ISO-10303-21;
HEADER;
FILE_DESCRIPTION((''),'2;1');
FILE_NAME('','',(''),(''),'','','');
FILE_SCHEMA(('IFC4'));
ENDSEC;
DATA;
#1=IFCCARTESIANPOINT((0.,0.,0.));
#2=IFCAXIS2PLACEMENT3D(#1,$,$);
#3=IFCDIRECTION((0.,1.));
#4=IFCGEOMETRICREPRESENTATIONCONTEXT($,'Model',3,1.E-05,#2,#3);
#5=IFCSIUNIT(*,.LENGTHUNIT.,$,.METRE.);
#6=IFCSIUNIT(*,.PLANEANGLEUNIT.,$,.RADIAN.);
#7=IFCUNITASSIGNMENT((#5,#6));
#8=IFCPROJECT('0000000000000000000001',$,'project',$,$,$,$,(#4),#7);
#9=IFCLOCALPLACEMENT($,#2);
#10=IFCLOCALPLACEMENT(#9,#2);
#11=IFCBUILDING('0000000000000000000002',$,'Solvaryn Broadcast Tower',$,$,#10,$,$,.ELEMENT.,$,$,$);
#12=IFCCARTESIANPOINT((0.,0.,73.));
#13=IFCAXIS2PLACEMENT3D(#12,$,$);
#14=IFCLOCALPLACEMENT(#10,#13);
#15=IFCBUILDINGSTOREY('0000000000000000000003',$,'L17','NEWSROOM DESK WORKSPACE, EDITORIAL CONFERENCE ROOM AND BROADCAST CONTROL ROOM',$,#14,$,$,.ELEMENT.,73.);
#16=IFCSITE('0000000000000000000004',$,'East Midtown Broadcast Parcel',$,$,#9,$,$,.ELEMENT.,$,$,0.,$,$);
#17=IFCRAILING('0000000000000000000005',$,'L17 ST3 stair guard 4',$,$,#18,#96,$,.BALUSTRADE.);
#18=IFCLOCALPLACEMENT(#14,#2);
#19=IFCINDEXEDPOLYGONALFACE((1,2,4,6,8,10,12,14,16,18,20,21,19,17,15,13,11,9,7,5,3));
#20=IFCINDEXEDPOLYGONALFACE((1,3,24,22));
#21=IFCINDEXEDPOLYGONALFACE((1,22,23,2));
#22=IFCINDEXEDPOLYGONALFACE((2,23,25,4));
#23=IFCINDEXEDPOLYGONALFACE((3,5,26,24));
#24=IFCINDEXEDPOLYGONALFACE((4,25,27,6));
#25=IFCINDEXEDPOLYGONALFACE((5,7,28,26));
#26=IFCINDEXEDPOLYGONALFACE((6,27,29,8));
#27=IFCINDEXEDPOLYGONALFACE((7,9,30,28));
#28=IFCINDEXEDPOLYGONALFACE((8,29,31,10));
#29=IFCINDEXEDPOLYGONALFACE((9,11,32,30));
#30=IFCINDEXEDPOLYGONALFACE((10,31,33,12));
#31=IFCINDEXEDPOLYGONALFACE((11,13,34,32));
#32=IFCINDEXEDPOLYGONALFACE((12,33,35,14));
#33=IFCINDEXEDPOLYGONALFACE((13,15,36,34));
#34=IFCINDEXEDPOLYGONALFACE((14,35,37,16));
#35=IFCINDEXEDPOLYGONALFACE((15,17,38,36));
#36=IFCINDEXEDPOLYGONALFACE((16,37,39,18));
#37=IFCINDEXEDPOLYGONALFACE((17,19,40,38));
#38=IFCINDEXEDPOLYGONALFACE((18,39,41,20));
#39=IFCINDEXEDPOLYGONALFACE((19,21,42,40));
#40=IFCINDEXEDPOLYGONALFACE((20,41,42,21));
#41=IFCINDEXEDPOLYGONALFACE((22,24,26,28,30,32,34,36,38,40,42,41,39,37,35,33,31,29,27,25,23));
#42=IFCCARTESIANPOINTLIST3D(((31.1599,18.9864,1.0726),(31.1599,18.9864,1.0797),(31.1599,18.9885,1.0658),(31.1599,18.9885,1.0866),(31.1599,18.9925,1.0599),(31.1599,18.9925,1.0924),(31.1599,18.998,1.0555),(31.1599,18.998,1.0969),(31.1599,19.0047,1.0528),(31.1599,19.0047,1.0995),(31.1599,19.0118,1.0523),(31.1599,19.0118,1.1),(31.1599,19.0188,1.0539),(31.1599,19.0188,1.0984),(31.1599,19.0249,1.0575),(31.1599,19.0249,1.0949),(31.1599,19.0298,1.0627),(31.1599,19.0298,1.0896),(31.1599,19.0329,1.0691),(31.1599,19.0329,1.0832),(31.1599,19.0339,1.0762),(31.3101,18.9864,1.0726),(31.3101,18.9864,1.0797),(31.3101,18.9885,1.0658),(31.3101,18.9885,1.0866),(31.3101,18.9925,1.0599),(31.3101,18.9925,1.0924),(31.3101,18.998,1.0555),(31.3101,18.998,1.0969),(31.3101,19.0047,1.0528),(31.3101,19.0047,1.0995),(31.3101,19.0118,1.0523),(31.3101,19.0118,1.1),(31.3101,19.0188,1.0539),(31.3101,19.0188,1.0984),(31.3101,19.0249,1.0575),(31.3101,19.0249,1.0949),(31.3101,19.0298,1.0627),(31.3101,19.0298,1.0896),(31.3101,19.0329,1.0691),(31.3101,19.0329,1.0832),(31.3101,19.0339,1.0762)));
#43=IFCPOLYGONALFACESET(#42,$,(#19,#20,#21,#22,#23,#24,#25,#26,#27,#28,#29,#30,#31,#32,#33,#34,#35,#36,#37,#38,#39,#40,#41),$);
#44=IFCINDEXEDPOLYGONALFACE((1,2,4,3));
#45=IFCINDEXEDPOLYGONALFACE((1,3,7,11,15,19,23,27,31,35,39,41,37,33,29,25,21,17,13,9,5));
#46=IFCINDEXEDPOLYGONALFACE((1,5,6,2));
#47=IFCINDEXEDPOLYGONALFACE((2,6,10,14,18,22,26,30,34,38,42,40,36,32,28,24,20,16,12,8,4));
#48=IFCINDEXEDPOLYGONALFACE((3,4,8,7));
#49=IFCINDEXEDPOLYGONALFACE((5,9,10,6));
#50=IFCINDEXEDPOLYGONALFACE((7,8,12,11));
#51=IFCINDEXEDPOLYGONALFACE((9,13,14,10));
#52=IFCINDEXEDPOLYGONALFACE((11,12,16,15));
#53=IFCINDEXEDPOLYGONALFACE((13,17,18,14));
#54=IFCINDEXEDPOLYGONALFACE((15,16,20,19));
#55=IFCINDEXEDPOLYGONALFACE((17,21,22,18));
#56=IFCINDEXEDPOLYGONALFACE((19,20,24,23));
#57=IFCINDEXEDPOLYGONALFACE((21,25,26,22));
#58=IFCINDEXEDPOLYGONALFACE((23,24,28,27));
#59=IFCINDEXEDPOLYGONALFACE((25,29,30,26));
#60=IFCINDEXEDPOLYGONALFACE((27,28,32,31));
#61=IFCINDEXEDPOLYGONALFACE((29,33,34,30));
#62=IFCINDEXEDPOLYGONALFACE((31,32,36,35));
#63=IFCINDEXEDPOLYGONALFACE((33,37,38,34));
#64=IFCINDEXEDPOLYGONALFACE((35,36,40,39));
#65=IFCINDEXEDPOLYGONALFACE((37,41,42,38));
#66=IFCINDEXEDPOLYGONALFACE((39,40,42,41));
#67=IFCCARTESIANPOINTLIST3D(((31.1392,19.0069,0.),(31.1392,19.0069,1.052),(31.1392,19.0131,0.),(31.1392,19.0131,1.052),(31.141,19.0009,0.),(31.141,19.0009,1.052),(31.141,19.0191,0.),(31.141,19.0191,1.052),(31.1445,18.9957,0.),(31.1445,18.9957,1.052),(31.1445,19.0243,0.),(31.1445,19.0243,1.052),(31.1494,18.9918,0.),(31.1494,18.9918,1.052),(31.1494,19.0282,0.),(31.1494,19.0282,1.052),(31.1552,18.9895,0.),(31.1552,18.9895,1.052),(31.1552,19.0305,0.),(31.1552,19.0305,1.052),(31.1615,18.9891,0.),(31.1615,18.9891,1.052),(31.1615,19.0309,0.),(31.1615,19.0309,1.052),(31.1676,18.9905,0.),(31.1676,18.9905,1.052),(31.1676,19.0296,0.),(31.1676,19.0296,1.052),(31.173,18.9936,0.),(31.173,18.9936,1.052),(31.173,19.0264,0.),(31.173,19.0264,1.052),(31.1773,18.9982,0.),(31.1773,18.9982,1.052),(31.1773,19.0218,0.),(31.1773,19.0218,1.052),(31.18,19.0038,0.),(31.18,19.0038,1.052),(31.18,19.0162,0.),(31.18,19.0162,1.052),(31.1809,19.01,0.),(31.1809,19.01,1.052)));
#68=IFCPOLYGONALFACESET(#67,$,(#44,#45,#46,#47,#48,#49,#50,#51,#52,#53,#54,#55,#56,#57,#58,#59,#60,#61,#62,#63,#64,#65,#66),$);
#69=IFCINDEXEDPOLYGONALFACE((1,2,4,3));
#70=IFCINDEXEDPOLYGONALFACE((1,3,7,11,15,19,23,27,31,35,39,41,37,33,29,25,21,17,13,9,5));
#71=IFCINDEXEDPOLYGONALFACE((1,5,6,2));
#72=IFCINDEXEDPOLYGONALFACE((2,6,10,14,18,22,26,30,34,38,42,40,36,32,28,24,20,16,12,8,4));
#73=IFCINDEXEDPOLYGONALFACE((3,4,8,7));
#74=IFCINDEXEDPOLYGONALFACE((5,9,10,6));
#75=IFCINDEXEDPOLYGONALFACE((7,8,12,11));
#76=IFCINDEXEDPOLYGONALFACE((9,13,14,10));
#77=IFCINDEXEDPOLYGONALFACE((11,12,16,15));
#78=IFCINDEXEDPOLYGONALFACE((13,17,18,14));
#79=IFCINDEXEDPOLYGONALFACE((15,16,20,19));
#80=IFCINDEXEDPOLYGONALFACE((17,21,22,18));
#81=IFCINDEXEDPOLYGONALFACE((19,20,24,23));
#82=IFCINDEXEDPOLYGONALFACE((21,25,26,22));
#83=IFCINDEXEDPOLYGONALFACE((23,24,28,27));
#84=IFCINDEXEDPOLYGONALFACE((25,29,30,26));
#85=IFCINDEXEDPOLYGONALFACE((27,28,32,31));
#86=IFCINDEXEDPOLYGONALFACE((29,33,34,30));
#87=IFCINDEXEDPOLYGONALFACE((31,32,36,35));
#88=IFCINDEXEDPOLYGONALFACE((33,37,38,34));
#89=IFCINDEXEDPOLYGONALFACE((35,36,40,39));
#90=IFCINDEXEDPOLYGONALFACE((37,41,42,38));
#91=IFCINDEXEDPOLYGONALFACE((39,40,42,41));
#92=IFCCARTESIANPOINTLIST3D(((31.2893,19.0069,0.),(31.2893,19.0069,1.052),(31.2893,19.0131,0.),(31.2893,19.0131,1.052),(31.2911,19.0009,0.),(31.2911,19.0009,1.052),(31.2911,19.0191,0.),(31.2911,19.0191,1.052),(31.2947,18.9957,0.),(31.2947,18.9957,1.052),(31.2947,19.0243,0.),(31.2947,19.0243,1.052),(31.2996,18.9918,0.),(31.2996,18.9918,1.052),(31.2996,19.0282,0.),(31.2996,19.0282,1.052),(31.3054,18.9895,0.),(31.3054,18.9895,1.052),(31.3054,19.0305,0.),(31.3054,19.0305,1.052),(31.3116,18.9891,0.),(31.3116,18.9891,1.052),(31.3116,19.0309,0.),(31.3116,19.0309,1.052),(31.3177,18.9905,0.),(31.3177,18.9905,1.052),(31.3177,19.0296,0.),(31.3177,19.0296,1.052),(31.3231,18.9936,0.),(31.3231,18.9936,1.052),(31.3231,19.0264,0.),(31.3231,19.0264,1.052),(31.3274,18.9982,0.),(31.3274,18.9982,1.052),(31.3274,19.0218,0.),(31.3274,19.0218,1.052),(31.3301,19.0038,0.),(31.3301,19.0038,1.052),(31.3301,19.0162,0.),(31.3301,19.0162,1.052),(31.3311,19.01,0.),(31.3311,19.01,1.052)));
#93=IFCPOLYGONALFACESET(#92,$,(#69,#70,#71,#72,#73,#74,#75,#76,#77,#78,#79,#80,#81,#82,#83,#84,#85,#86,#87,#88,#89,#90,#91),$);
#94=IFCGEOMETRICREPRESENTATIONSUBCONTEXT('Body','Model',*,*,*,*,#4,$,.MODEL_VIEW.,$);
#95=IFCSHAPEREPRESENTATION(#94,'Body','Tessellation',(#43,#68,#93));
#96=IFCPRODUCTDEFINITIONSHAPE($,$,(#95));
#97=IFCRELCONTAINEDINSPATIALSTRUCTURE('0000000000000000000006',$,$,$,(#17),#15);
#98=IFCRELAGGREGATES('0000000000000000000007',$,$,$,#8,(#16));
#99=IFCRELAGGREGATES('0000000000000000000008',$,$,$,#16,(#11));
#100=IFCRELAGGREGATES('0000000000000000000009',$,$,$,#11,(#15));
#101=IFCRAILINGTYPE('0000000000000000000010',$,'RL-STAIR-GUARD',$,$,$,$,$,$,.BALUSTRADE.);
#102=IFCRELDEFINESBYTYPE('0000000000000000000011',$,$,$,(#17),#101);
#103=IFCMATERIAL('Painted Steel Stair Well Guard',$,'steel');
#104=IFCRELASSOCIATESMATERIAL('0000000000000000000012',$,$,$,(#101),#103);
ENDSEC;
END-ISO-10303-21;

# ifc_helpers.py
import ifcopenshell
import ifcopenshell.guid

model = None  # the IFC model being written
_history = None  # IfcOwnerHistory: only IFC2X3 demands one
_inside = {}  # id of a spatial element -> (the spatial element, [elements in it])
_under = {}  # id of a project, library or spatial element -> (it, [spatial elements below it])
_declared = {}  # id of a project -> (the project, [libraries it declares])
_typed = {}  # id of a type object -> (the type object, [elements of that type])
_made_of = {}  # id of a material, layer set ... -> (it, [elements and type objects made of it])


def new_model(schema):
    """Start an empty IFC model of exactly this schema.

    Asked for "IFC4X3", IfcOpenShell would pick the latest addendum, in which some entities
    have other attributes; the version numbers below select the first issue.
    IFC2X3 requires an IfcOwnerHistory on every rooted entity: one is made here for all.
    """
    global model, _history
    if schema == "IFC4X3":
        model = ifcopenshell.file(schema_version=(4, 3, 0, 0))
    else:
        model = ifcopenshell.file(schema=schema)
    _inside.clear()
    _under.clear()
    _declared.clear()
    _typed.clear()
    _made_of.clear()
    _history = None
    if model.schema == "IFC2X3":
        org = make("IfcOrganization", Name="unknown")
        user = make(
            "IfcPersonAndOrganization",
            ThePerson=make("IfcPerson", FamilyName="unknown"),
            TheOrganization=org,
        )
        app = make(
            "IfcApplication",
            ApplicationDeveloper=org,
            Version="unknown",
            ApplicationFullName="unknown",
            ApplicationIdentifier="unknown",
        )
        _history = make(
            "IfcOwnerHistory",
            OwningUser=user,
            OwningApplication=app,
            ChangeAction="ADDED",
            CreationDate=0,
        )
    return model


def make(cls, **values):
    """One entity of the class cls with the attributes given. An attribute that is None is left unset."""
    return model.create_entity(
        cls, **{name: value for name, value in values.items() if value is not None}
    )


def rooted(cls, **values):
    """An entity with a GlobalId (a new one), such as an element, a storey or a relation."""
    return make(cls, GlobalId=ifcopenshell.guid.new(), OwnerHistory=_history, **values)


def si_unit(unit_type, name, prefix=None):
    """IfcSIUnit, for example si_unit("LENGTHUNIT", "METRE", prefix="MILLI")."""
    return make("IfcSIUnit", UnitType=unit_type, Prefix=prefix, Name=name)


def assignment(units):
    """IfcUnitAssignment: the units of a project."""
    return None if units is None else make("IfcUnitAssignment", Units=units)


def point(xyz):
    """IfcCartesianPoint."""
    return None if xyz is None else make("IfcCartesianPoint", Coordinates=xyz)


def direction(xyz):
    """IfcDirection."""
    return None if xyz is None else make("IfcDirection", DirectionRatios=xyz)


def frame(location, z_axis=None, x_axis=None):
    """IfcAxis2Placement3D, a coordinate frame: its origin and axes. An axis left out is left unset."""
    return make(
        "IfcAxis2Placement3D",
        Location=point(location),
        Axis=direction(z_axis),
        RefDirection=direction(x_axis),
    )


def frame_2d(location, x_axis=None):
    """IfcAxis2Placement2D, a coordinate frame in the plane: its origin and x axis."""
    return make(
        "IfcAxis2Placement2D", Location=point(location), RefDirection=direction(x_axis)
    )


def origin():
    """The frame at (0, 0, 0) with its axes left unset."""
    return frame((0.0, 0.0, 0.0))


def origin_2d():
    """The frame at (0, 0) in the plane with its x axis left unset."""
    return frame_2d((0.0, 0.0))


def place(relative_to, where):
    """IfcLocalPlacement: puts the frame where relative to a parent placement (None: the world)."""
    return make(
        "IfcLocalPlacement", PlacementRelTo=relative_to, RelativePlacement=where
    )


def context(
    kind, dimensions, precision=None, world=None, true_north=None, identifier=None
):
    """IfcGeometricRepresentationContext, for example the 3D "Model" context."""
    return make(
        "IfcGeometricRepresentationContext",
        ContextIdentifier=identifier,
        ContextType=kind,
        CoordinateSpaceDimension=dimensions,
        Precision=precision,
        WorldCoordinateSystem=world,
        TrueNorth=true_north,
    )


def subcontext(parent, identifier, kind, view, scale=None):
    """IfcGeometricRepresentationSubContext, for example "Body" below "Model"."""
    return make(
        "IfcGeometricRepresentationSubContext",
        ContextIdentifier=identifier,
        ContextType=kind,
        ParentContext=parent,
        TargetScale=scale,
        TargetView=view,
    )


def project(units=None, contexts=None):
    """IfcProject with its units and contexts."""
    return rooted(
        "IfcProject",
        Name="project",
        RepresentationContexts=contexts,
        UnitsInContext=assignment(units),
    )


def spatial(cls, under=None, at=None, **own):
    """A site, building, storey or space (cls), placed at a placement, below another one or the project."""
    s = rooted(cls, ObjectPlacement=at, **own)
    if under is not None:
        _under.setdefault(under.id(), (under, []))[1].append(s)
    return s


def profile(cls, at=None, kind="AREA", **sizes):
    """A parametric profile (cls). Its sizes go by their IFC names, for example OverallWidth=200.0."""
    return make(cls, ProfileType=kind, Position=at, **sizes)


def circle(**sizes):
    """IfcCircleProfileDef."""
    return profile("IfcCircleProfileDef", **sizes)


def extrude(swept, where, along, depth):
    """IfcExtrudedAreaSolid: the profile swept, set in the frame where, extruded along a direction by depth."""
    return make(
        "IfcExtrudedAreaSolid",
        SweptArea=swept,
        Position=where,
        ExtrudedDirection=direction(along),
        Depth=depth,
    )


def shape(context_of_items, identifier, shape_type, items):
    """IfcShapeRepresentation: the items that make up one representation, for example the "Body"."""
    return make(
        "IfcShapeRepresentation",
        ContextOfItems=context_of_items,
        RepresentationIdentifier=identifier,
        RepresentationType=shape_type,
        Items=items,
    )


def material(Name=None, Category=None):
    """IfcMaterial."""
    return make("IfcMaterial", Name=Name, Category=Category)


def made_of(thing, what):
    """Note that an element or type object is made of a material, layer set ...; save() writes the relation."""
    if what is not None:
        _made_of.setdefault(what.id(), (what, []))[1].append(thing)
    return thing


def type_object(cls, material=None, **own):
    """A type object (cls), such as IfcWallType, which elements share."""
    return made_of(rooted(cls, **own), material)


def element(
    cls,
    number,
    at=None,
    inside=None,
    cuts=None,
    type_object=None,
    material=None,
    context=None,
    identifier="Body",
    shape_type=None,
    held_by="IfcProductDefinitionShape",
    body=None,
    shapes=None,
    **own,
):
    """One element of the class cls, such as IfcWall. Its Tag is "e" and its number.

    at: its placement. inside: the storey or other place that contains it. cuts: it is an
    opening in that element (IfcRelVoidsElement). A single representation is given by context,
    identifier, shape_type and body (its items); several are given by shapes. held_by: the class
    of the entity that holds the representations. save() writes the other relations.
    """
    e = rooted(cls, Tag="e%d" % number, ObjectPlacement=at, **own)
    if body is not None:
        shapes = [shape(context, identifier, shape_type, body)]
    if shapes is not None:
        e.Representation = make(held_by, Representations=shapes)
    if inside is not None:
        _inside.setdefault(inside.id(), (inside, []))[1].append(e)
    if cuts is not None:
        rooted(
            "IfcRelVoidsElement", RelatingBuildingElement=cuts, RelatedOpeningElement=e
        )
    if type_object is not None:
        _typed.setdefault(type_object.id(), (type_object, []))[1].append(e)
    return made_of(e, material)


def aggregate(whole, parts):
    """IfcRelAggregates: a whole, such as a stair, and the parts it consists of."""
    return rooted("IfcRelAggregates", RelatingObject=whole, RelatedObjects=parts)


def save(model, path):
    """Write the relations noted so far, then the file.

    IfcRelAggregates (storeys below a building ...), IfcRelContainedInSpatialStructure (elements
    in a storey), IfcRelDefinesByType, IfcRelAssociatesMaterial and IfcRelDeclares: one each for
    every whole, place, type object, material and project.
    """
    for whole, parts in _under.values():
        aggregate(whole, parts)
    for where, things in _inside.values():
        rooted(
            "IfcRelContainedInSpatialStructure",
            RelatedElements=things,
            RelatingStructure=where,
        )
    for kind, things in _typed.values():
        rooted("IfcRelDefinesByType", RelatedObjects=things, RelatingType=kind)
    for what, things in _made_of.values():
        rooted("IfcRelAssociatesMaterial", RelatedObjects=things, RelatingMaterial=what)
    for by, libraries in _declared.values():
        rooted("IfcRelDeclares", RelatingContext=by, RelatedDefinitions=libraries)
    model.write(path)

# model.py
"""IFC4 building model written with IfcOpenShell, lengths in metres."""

from ifc_helpers import new_model, si_unit, direction, frame, origin, origin_2d, place, context, subcontext, project, spatial, circle, extrude, material, type_object, element, save


model = new_model("IFC4")

# Units and contexts
model_context = context("Model", 3, precision=1e-05, world=origin(), true_north=direction((0.0, 1.0)))
body_context = subcontext(model_context, "Body", "Model", "MODEL_VIEW")
ifc_project = project(units=[si_unit("LENGTHUNIT", "METRE"), si_unit("PLANEANGLEUNIT", "RADIAN")], contexts=[model_context])

# Site, building, storey
site_placement = place(None, origin())
site = spatial("IfcSite", under=ifc_project, at=site_placement, Name="East Midtown Broadcast Parcel", CompositionType="ELEMENT", RefElevation=0.0)
building_placement = place(site_placement, origin())
building = spatial("IfcBuilding", under=site, at=building_placement, Name="Solvaryn Broadcast Tower", CompositionType="ELEMENT")
storey_placement = place(building_placement, frame((0.0, 0.0, 73.0)))
storey = spatial("IfcBuildingStorey", under=building, at=storey_placement, Name="L17", Description="NEWSROOM DESK WORKSPACE, EDITORIAL CONFERENCE ROOM AND BROADCAST CONTROL ROOM", CompositionType="ELEMENT", Elevation=73.0)

# Railing
ifc_material_1 = material(Name="Painted Steel Stair Well Guard", Category="steel")
railing_type_1 = type_object("IfcRailingType", Name="RL-STAIR-GUARD", PredefinedType="BALUSTRADE", material=ifc_material_1)
railing_1_placement = place(storey_placement, frame((31.1599, 19.01, 0.0)))
element("IfcRailing", 1, at=railing_1_placement, inside=storey, type_object=railing_type_1, Name="L17 ST3 stair guard 4", PredefinedType="BALUSTRADE", context=body_context, shape_type="SweptSolid", body=[
    extrude(circle(Radius=0.0239, at=origin_2d()), frame((0.0, 0.0, 1.0762), z_axis=(1.0, 0.0, 0.0), x_axis=(0.0, 1.0, 0.0)), (0.0, 0.0, 1.0), 0.1501),
    extrude(circle(Radius=0.021, at=origin_2d()), origin(), (0.0, 0.0, 1.0), 1.052),
    extrude(circle(Radius=0.021, at=origin_2d()), frame((0.1501, 0.0, 0.0)), (0.0, 0.0, 1.0), 1.052),
])

save(model, "model.ifc")
